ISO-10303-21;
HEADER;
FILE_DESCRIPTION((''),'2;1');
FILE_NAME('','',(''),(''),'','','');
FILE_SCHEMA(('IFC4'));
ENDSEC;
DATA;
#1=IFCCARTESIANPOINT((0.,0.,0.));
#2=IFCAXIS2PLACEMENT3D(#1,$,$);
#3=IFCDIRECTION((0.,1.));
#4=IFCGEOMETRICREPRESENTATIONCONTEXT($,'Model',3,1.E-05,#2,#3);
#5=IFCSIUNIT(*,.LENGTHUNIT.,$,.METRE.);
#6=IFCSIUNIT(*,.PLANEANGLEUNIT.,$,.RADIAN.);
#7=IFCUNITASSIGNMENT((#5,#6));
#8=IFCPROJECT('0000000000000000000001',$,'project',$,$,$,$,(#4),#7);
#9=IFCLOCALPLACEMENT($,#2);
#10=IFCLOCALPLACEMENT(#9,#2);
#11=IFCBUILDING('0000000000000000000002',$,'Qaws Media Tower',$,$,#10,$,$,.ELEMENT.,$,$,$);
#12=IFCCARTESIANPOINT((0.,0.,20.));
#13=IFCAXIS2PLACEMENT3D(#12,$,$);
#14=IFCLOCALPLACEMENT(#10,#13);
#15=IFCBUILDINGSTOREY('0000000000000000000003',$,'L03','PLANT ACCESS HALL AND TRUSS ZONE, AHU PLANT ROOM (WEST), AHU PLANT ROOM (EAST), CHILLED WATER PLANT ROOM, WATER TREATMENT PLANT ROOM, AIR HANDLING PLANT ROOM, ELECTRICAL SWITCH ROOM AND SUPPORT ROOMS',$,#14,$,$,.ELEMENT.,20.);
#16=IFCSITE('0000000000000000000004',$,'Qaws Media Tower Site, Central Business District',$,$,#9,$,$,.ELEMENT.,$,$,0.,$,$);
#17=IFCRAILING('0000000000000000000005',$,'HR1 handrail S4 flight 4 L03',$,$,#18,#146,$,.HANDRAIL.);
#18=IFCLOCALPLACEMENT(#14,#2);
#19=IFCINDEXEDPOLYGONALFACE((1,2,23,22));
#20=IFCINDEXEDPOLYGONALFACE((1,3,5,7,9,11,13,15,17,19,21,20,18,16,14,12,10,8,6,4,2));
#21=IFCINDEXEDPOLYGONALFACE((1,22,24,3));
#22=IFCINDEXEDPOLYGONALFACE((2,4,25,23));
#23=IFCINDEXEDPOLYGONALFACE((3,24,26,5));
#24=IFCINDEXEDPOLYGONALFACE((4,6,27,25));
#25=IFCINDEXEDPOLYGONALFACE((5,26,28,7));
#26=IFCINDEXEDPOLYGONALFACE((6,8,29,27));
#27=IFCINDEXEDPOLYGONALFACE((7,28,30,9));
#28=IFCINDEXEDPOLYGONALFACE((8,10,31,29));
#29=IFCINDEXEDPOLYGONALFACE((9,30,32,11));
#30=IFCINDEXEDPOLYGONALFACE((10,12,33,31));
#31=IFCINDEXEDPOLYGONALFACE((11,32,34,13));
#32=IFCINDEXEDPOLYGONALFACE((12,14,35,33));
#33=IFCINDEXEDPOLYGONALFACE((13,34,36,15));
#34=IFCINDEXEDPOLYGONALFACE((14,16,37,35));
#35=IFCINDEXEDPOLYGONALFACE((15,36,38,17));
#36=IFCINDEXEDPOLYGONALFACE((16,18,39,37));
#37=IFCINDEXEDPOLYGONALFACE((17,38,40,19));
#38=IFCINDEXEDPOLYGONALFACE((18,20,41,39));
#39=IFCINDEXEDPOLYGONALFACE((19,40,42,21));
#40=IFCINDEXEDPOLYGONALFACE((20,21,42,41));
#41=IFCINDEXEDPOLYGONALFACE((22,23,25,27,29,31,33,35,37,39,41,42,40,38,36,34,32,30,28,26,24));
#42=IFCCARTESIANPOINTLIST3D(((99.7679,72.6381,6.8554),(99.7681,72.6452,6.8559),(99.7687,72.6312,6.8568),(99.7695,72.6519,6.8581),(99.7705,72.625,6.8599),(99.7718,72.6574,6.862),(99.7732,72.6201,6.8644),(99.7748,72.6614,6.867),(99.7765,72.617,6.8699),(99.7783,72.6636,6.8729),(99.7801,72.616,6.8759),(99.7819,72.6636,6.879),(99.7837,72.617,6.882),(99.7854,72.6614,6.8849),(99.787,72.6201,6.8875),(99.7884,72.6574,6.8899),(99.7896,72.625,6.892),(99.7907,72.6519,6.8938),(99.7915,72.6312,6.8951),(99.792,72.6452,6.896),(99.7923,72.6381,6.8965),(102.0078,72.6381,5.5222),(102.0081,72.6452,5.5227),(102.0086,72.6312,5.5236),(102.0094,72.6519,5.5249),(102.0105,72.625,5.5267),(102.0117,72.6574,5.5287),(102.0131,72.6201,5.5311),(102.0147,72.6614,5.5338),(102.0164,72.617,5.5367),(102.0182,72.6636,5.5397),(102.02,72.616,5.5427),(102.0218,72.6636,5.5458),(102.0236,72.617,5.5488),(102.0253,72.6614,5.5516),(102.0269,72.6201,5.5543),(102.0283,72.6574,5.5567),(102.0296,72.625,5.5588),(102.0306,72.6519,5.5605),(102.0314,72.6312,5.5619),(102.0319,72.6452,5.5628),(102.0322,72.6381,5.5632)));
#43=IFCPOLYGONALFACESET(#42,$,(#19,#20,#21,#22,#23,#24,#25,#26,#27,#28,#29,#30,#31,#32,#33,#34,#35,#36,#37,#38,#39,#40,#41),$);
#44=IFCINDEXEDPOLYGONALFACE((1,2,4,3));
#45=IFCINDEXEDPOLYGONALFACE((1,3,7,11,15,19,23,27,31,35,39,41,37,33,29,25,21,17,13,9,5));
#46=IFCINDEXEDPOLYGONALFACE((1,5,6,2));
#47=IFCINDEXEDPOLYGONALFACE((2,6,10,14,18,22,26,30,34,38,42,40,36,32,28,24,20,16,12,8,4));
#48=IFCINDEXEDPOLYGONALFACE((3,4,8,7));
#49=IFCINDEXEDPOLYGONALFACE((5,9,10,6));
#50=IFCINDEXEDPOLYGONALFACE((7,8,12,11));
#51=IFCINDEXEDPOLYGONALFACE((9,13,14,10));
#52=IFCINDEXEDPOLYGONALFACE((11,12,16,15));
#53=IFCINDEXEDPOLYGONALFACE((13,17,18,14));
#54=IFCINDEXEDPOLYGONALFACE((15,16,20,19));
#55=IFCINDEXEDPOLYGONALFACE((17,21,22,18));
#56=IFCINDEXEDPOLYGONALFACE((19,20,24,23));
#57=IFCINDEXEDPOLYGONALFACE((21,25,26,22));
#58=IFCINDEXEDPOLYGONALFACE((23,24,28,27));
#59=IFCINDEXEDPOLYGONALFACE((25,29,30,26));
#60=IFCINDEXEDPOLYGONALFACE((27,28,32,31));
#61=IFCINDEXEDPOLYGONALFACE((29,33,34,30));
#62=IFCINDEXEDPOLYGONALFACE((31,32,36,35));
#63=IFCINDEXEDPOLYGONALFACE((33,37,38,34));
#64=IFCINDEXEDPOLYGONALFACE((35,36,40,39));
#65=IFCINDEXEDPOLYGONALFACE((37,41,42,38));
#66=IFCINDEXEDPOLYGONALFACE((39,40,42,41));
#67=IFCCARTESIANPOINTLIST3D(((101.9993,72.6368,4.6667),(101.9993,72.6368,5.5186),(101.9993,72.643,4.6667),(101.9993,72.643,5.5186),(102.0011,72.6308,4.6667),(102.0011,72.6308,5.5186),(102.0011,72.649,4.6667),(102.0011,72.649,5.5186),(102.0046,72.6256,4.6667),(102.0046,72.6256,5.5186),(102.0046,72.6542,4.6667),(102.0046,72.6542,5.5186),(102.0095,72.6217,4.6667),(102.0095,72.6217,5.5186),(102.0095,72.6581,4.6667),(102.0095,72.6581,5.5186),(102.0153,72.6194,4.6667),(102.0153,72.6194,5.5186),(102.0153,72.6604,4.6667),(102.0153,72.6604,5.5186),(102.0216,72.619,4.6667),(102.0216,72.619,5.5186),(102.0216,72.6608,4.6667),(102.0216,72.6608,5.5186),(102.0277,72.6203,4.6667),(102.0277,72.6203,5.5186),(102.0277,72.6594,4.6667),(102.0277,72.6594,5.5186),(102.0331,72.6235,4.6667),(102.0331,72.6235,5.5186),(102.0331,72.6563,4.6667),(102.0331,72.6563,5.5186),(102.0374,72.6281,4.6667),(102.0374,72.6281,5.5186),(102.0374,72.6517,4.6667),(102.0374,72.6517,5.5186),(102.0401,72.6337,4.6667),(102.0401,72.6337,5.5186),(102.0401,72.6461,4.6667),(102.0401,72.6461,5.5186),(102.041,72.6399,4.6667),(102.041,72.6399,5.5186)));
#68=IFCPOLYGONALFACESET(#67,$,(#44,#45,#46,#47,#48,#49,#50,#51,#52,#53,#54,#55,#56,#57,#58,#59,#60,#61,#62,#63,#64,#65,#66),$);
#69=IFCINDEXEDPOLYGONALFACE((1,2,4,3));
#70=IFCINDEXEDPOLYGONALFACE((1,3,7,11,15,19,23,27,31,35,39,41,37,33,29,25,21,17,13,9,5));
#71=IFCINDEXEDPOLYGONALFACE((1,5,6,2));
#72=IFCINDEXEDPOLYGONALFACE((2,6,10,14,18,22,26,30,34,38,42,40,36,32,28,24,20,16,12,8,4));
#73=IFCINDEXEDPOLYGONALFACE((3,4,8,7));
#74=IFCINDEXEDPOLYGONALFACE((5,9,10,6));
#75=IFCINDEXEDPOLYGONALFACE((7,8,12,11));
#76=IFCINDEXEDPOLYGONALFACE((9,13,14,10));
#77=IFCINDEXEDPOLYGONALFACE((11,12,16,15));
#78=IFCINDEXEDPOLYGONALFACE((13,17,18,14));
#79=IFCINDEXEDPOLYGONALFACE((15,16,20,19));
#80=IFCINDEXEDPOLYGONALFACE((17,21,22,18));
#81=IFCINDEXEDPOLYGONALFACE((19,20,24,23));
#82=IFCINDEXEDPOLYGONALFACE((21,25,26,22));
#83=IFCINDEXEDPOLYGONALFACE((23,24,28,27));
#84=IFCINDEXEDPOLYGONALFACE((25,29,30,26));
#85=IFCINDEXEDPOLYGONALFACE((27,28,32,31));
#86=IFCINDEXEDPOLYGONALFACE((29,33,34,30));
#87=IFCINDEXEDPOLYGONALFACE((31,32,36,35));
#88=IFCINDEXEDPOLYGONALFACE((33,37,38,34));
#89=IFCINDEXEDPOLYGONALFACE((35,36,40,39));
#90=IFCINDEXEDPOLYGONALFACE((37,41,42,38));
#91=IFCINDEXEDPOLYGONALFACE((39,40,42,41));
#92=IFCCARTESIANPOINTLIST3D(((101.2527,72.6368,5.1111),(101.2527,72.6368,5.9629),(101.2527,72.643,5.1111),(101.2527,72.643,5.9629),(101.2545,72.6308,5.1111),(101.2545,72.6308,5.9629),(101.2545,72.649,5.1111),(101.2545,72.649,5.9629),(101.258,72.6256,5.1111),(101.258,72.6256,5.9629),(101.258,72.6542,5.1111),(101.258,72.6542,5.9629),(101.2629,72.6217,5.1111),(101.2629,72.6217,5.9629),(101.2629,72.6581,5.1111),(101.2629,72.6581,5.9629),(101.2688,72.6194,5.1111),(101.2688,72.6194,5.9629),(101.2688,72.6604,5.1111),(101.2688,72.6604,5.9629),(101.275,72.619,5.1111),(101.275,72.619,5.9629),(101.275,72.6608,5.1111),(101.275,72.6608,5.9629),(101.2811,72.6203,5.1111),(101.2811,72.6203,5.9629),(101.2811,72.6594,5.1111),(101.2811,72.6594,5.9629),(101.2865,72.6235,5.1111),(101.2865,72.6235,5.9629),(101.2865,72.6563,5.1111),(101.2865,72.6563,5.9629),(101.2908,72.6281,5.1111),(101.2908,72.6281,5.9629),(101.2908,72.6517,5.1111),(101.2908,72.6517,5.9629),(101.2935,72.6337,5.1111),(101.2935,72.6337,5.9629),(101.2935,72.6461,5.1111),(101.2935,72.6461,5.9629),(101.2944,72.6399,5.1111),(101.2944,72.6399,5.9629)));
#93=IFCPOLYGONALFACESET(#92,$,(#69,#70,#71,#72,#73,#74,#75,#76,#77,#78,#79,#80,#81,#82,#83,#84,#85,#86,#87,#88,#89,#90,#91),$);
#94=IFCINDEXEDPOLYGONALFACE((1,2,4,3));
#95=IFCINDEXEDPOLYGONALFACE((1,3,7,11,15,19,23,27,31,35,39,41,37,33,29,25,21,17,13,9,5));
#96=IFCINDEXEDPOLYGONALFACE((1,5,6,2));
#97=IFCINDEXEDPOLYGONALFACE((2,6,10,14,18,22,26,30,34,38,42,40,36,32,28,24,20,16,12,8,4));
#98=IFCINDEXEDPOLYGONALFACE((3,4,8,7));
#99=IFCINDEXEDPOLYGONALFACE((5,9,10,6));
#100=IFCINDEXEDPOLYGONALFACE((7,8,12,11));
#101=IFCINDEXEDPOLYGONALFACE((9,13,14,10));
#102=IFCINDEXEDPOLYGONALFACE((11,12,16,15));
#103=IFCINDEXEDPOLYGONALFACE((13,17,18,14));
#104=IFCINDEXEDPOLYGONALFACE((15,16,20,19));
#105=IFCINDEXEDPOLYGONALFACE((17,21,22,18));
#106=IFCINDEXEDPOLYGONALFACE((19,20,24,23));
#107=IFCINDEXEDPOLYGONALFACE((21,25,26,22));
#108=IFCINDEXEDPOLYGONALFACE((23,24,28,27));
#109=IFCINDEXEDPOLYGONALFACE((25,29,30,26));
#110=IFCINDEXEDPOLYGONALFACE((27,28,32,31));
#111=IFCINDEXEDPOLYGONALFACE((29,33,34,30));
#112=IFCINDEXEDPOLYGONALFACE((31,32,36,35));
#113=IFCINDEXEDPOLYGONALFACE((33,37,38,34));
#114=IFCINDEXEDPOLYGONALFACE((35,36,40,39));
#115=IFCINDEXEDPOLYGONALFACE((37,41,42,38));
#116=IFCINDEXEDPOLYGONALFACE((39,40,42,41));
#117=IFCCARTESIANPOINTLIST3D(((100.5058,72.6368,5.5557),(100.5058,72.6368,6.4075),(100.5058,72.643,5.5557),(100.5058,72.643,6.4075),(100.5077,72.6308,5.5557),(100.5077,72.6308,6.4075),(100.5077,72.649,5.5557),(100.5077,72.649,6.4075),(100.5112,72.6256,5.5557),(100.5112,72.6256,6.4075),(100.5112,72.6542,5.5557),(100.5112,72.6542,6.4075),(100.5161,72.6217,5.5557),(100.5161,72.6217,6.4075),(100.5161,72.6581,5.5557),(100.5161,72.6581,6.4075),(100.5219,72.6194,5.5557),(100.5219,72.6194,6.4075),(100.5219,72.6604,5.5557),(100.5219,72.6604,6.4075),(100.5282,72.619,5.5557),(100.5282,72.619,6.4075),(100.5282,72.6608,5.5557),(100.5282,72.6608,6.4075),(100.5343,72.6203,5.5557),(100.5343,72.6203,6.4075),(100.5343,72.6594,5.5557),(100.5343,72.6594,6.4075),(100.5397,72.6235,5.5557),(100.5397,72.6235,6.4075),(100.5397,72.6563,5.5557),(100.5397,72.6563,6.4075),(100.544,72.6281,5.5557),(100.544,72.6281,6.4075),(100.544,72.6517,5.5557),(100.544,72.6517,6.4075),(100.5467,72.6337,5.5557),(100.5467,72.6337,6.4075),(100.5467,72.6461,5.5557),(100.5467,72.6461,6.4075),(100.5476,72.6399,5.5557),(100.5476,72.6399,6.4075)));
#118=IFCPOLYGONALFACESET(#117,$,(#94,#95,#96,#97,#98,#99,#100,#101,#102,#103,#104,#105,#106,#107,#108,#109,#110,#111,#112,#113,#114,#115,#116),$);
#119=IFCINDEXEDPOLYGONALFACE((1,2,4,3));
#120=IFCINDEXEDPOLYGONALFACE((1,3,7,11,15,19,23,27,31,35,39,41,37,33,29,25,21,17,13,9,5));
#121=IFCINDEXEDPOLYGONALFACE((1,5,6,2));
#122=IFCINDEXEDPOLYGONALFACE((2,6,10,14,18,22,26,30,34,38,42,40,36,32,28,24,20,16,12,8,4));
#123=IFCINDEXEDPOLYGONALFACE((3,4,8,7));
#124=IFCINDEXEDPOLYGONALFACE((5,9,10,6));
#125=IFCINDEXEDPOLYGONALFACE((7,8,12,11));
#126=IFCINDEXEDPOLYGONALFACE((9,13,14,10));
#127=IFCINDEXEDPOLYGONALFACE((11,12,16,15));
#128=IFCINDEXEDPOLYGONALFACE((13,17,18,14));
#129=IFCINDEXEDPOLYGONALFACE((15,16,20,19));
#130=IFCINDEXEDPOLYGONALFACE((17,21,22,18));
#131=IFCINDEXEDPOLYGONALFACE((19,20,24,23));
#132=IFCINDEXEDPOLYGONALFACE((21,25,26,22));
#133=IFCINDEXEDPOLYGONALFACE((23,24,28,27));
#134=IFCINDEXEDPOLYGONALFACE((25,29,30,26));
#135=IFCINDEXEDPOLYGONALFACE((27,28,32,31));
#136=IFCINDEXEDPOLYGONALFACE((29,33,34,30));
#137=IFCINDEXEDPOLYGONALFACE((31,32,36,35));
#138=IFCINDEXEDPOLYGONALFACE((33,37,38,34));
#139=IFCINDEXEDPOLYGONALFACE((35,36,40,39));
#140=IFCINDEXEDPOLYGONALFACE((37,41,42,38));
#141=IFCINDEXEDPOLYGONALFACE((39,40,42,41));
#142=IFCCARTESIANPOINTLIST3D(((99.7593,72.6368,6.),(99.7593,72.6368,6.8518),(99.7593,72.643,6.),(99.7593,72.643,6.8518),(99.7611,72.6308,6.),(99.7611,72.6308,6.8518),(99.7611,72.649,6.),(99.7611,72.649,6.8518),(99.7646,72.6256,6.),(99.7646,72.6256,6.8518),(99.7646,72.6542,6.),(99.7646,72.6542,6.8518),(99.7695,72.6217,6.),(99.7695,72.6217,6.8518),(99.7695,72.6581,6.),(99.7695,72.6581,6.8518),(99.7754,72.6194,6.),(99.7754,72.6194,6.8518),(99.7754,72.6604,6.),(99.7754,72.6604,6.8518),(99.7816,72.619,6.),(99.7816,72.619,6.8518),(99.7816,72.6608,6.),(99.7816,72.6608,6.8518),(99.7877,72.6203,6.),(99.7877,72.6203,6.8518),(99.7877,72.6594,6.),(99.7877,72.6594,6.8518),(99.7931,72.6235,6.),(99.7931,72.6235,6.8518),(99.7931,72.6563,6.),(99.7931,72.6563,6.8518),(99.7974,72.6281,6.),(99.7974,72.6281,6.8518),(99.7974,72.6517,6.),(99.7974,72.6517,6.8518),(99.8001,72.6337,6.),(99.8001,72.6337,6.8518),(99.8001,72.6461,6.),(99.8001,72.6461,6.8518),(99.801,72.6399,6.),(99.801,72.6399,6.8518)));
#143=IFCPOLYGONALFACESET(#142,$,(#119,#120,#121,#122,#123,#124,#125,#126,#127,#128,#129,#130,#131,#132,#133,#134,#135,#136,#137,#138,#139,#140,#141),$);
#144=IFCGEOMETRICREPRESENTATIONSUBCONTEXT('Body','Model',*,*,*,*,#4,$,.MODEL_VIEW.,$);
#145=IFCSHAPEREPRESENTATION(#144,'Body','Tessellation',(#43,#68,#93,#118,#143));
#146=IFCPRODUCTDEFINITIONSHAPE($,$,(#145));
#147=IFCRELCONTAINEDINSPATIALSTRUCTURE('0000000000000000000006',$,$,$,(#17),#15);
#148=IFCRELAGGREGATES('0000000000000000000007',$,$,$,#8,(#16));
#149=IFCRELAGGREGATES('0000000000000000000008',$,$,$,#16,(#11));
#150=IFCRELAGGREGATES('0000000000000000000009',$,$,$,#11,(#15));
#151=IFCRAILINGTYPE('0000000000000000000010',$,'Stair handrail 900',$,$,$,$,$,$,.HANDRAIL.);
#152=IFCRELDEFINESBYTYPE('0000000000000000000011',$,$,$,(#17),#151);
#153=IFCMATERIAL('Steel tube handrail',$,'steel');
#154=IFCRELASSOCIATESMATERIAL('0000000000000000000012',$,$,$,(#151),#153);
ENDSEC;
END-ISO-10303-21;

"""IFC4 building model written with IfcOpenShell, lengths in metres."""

from ifc_helpers import new_model, si_unit, direction, frame, origin, origin_2d, place, context, subcontext, project, spatial, circle, extrude, material, type_object, element, save


model = new_model("IFC4")

# Units and contexts
model_context = context("Model", 3, precision=1e-05, world=origin(), true_north=direction((0.0, 1.0)))
body_context = subcontext(model_context, "Body", "Model", "MODEL_VIEW")
ifc_project = project(units=[si_unit("LENGTHUNIT", "METRE"), si_unit("PLANEANGLEUNIT", "RADIAN")], contexts=[model_context])

# Site, building, storey
site_placement = place(None, origin())
site = spatial("IfcSite", under=ifc_project, at=site_placement, Name="Qaws Media Tower Site, Central Business District", CompositionType="ELEMENT", RefElevation=0.0)
building_placement = place(site_placement, origin())
building = spatial("IfcBuilding", under=site, at=building_placement, Name="Qaws Media Tower", CompositionType="ELEMENT")
storey_placement = place(building_placement, frame((0.0, 0.0, 20.0)))
storey = spatial("IfcBuildingStorey", under=building, at=storey_placement, Name="L03", Description="PLANT ACCESS HALL AND TRUSS ZONE, AHU PLANT ROOM (WEST), AHU PLANT ROOM (EAST), CHILLED WATER PLANT ROOM, WATER TREATMENT PLANT ROOM, AIR HANDLING PLANT ROOM, ELECTRICAL SWITCH ROOM AND SUPPORT ROOMS", CompositionType="ELEMENT", Elevation=20.0)

# Railing
ifc_material_1 = material(Name="Steel tube handrail", Category="steel")
railing_type_1 = type_object("IfcRailingType", Name="Stair handrail 900", PredefinedType="HANDRAIL", material=ifc_material_1)
for number, where, name in (
    (1, (102.02, 72.6399, 4.6667), "HR1 handrail S4 flight 4 L03"),
):
    element("IfcRailing", number, at=place(storey_placement, frame(where)), inside=storey, type_object=railing_type_1, Name=name, PredefinedType="HANDRAIL", context=body_context, shape_type="SweptSolid", body=[
        extrude(circle(Radius=0.0239, at=origin_2d()), frame((0.0, 0.0, 0.876), z_axis=(-0.859306, 0.0, 0.511462), x_axis=(0.0, -1.0, 0.0)), (0.0, 0.0, 1.0), 2.6067),
        extrude(circle(Radius=0.021, at=origin_2d()), origin(), (0.0, 0.0, 1.0), 0.8518),
        extrude(circle(Radius=0.021, at=origin_2d()), frame((-0.7466, 0.0, 0.4443)), (0.0, 0.0, 1.0), 0.8518),
        extrude(circle(Radius=0.021, at=origin_2d()), frame((-1.4934, 0.0, 0.8889)), (0.0, 0.0, 1.0), 0.8518),
        extrude(circle(Radius=0.021, at=origin_2d()), frame((-2.24, 0.0, 1.3333)), (0.0, 0.0, 1.0), 0.8518),
    ])

save(model, "model.ifc")
